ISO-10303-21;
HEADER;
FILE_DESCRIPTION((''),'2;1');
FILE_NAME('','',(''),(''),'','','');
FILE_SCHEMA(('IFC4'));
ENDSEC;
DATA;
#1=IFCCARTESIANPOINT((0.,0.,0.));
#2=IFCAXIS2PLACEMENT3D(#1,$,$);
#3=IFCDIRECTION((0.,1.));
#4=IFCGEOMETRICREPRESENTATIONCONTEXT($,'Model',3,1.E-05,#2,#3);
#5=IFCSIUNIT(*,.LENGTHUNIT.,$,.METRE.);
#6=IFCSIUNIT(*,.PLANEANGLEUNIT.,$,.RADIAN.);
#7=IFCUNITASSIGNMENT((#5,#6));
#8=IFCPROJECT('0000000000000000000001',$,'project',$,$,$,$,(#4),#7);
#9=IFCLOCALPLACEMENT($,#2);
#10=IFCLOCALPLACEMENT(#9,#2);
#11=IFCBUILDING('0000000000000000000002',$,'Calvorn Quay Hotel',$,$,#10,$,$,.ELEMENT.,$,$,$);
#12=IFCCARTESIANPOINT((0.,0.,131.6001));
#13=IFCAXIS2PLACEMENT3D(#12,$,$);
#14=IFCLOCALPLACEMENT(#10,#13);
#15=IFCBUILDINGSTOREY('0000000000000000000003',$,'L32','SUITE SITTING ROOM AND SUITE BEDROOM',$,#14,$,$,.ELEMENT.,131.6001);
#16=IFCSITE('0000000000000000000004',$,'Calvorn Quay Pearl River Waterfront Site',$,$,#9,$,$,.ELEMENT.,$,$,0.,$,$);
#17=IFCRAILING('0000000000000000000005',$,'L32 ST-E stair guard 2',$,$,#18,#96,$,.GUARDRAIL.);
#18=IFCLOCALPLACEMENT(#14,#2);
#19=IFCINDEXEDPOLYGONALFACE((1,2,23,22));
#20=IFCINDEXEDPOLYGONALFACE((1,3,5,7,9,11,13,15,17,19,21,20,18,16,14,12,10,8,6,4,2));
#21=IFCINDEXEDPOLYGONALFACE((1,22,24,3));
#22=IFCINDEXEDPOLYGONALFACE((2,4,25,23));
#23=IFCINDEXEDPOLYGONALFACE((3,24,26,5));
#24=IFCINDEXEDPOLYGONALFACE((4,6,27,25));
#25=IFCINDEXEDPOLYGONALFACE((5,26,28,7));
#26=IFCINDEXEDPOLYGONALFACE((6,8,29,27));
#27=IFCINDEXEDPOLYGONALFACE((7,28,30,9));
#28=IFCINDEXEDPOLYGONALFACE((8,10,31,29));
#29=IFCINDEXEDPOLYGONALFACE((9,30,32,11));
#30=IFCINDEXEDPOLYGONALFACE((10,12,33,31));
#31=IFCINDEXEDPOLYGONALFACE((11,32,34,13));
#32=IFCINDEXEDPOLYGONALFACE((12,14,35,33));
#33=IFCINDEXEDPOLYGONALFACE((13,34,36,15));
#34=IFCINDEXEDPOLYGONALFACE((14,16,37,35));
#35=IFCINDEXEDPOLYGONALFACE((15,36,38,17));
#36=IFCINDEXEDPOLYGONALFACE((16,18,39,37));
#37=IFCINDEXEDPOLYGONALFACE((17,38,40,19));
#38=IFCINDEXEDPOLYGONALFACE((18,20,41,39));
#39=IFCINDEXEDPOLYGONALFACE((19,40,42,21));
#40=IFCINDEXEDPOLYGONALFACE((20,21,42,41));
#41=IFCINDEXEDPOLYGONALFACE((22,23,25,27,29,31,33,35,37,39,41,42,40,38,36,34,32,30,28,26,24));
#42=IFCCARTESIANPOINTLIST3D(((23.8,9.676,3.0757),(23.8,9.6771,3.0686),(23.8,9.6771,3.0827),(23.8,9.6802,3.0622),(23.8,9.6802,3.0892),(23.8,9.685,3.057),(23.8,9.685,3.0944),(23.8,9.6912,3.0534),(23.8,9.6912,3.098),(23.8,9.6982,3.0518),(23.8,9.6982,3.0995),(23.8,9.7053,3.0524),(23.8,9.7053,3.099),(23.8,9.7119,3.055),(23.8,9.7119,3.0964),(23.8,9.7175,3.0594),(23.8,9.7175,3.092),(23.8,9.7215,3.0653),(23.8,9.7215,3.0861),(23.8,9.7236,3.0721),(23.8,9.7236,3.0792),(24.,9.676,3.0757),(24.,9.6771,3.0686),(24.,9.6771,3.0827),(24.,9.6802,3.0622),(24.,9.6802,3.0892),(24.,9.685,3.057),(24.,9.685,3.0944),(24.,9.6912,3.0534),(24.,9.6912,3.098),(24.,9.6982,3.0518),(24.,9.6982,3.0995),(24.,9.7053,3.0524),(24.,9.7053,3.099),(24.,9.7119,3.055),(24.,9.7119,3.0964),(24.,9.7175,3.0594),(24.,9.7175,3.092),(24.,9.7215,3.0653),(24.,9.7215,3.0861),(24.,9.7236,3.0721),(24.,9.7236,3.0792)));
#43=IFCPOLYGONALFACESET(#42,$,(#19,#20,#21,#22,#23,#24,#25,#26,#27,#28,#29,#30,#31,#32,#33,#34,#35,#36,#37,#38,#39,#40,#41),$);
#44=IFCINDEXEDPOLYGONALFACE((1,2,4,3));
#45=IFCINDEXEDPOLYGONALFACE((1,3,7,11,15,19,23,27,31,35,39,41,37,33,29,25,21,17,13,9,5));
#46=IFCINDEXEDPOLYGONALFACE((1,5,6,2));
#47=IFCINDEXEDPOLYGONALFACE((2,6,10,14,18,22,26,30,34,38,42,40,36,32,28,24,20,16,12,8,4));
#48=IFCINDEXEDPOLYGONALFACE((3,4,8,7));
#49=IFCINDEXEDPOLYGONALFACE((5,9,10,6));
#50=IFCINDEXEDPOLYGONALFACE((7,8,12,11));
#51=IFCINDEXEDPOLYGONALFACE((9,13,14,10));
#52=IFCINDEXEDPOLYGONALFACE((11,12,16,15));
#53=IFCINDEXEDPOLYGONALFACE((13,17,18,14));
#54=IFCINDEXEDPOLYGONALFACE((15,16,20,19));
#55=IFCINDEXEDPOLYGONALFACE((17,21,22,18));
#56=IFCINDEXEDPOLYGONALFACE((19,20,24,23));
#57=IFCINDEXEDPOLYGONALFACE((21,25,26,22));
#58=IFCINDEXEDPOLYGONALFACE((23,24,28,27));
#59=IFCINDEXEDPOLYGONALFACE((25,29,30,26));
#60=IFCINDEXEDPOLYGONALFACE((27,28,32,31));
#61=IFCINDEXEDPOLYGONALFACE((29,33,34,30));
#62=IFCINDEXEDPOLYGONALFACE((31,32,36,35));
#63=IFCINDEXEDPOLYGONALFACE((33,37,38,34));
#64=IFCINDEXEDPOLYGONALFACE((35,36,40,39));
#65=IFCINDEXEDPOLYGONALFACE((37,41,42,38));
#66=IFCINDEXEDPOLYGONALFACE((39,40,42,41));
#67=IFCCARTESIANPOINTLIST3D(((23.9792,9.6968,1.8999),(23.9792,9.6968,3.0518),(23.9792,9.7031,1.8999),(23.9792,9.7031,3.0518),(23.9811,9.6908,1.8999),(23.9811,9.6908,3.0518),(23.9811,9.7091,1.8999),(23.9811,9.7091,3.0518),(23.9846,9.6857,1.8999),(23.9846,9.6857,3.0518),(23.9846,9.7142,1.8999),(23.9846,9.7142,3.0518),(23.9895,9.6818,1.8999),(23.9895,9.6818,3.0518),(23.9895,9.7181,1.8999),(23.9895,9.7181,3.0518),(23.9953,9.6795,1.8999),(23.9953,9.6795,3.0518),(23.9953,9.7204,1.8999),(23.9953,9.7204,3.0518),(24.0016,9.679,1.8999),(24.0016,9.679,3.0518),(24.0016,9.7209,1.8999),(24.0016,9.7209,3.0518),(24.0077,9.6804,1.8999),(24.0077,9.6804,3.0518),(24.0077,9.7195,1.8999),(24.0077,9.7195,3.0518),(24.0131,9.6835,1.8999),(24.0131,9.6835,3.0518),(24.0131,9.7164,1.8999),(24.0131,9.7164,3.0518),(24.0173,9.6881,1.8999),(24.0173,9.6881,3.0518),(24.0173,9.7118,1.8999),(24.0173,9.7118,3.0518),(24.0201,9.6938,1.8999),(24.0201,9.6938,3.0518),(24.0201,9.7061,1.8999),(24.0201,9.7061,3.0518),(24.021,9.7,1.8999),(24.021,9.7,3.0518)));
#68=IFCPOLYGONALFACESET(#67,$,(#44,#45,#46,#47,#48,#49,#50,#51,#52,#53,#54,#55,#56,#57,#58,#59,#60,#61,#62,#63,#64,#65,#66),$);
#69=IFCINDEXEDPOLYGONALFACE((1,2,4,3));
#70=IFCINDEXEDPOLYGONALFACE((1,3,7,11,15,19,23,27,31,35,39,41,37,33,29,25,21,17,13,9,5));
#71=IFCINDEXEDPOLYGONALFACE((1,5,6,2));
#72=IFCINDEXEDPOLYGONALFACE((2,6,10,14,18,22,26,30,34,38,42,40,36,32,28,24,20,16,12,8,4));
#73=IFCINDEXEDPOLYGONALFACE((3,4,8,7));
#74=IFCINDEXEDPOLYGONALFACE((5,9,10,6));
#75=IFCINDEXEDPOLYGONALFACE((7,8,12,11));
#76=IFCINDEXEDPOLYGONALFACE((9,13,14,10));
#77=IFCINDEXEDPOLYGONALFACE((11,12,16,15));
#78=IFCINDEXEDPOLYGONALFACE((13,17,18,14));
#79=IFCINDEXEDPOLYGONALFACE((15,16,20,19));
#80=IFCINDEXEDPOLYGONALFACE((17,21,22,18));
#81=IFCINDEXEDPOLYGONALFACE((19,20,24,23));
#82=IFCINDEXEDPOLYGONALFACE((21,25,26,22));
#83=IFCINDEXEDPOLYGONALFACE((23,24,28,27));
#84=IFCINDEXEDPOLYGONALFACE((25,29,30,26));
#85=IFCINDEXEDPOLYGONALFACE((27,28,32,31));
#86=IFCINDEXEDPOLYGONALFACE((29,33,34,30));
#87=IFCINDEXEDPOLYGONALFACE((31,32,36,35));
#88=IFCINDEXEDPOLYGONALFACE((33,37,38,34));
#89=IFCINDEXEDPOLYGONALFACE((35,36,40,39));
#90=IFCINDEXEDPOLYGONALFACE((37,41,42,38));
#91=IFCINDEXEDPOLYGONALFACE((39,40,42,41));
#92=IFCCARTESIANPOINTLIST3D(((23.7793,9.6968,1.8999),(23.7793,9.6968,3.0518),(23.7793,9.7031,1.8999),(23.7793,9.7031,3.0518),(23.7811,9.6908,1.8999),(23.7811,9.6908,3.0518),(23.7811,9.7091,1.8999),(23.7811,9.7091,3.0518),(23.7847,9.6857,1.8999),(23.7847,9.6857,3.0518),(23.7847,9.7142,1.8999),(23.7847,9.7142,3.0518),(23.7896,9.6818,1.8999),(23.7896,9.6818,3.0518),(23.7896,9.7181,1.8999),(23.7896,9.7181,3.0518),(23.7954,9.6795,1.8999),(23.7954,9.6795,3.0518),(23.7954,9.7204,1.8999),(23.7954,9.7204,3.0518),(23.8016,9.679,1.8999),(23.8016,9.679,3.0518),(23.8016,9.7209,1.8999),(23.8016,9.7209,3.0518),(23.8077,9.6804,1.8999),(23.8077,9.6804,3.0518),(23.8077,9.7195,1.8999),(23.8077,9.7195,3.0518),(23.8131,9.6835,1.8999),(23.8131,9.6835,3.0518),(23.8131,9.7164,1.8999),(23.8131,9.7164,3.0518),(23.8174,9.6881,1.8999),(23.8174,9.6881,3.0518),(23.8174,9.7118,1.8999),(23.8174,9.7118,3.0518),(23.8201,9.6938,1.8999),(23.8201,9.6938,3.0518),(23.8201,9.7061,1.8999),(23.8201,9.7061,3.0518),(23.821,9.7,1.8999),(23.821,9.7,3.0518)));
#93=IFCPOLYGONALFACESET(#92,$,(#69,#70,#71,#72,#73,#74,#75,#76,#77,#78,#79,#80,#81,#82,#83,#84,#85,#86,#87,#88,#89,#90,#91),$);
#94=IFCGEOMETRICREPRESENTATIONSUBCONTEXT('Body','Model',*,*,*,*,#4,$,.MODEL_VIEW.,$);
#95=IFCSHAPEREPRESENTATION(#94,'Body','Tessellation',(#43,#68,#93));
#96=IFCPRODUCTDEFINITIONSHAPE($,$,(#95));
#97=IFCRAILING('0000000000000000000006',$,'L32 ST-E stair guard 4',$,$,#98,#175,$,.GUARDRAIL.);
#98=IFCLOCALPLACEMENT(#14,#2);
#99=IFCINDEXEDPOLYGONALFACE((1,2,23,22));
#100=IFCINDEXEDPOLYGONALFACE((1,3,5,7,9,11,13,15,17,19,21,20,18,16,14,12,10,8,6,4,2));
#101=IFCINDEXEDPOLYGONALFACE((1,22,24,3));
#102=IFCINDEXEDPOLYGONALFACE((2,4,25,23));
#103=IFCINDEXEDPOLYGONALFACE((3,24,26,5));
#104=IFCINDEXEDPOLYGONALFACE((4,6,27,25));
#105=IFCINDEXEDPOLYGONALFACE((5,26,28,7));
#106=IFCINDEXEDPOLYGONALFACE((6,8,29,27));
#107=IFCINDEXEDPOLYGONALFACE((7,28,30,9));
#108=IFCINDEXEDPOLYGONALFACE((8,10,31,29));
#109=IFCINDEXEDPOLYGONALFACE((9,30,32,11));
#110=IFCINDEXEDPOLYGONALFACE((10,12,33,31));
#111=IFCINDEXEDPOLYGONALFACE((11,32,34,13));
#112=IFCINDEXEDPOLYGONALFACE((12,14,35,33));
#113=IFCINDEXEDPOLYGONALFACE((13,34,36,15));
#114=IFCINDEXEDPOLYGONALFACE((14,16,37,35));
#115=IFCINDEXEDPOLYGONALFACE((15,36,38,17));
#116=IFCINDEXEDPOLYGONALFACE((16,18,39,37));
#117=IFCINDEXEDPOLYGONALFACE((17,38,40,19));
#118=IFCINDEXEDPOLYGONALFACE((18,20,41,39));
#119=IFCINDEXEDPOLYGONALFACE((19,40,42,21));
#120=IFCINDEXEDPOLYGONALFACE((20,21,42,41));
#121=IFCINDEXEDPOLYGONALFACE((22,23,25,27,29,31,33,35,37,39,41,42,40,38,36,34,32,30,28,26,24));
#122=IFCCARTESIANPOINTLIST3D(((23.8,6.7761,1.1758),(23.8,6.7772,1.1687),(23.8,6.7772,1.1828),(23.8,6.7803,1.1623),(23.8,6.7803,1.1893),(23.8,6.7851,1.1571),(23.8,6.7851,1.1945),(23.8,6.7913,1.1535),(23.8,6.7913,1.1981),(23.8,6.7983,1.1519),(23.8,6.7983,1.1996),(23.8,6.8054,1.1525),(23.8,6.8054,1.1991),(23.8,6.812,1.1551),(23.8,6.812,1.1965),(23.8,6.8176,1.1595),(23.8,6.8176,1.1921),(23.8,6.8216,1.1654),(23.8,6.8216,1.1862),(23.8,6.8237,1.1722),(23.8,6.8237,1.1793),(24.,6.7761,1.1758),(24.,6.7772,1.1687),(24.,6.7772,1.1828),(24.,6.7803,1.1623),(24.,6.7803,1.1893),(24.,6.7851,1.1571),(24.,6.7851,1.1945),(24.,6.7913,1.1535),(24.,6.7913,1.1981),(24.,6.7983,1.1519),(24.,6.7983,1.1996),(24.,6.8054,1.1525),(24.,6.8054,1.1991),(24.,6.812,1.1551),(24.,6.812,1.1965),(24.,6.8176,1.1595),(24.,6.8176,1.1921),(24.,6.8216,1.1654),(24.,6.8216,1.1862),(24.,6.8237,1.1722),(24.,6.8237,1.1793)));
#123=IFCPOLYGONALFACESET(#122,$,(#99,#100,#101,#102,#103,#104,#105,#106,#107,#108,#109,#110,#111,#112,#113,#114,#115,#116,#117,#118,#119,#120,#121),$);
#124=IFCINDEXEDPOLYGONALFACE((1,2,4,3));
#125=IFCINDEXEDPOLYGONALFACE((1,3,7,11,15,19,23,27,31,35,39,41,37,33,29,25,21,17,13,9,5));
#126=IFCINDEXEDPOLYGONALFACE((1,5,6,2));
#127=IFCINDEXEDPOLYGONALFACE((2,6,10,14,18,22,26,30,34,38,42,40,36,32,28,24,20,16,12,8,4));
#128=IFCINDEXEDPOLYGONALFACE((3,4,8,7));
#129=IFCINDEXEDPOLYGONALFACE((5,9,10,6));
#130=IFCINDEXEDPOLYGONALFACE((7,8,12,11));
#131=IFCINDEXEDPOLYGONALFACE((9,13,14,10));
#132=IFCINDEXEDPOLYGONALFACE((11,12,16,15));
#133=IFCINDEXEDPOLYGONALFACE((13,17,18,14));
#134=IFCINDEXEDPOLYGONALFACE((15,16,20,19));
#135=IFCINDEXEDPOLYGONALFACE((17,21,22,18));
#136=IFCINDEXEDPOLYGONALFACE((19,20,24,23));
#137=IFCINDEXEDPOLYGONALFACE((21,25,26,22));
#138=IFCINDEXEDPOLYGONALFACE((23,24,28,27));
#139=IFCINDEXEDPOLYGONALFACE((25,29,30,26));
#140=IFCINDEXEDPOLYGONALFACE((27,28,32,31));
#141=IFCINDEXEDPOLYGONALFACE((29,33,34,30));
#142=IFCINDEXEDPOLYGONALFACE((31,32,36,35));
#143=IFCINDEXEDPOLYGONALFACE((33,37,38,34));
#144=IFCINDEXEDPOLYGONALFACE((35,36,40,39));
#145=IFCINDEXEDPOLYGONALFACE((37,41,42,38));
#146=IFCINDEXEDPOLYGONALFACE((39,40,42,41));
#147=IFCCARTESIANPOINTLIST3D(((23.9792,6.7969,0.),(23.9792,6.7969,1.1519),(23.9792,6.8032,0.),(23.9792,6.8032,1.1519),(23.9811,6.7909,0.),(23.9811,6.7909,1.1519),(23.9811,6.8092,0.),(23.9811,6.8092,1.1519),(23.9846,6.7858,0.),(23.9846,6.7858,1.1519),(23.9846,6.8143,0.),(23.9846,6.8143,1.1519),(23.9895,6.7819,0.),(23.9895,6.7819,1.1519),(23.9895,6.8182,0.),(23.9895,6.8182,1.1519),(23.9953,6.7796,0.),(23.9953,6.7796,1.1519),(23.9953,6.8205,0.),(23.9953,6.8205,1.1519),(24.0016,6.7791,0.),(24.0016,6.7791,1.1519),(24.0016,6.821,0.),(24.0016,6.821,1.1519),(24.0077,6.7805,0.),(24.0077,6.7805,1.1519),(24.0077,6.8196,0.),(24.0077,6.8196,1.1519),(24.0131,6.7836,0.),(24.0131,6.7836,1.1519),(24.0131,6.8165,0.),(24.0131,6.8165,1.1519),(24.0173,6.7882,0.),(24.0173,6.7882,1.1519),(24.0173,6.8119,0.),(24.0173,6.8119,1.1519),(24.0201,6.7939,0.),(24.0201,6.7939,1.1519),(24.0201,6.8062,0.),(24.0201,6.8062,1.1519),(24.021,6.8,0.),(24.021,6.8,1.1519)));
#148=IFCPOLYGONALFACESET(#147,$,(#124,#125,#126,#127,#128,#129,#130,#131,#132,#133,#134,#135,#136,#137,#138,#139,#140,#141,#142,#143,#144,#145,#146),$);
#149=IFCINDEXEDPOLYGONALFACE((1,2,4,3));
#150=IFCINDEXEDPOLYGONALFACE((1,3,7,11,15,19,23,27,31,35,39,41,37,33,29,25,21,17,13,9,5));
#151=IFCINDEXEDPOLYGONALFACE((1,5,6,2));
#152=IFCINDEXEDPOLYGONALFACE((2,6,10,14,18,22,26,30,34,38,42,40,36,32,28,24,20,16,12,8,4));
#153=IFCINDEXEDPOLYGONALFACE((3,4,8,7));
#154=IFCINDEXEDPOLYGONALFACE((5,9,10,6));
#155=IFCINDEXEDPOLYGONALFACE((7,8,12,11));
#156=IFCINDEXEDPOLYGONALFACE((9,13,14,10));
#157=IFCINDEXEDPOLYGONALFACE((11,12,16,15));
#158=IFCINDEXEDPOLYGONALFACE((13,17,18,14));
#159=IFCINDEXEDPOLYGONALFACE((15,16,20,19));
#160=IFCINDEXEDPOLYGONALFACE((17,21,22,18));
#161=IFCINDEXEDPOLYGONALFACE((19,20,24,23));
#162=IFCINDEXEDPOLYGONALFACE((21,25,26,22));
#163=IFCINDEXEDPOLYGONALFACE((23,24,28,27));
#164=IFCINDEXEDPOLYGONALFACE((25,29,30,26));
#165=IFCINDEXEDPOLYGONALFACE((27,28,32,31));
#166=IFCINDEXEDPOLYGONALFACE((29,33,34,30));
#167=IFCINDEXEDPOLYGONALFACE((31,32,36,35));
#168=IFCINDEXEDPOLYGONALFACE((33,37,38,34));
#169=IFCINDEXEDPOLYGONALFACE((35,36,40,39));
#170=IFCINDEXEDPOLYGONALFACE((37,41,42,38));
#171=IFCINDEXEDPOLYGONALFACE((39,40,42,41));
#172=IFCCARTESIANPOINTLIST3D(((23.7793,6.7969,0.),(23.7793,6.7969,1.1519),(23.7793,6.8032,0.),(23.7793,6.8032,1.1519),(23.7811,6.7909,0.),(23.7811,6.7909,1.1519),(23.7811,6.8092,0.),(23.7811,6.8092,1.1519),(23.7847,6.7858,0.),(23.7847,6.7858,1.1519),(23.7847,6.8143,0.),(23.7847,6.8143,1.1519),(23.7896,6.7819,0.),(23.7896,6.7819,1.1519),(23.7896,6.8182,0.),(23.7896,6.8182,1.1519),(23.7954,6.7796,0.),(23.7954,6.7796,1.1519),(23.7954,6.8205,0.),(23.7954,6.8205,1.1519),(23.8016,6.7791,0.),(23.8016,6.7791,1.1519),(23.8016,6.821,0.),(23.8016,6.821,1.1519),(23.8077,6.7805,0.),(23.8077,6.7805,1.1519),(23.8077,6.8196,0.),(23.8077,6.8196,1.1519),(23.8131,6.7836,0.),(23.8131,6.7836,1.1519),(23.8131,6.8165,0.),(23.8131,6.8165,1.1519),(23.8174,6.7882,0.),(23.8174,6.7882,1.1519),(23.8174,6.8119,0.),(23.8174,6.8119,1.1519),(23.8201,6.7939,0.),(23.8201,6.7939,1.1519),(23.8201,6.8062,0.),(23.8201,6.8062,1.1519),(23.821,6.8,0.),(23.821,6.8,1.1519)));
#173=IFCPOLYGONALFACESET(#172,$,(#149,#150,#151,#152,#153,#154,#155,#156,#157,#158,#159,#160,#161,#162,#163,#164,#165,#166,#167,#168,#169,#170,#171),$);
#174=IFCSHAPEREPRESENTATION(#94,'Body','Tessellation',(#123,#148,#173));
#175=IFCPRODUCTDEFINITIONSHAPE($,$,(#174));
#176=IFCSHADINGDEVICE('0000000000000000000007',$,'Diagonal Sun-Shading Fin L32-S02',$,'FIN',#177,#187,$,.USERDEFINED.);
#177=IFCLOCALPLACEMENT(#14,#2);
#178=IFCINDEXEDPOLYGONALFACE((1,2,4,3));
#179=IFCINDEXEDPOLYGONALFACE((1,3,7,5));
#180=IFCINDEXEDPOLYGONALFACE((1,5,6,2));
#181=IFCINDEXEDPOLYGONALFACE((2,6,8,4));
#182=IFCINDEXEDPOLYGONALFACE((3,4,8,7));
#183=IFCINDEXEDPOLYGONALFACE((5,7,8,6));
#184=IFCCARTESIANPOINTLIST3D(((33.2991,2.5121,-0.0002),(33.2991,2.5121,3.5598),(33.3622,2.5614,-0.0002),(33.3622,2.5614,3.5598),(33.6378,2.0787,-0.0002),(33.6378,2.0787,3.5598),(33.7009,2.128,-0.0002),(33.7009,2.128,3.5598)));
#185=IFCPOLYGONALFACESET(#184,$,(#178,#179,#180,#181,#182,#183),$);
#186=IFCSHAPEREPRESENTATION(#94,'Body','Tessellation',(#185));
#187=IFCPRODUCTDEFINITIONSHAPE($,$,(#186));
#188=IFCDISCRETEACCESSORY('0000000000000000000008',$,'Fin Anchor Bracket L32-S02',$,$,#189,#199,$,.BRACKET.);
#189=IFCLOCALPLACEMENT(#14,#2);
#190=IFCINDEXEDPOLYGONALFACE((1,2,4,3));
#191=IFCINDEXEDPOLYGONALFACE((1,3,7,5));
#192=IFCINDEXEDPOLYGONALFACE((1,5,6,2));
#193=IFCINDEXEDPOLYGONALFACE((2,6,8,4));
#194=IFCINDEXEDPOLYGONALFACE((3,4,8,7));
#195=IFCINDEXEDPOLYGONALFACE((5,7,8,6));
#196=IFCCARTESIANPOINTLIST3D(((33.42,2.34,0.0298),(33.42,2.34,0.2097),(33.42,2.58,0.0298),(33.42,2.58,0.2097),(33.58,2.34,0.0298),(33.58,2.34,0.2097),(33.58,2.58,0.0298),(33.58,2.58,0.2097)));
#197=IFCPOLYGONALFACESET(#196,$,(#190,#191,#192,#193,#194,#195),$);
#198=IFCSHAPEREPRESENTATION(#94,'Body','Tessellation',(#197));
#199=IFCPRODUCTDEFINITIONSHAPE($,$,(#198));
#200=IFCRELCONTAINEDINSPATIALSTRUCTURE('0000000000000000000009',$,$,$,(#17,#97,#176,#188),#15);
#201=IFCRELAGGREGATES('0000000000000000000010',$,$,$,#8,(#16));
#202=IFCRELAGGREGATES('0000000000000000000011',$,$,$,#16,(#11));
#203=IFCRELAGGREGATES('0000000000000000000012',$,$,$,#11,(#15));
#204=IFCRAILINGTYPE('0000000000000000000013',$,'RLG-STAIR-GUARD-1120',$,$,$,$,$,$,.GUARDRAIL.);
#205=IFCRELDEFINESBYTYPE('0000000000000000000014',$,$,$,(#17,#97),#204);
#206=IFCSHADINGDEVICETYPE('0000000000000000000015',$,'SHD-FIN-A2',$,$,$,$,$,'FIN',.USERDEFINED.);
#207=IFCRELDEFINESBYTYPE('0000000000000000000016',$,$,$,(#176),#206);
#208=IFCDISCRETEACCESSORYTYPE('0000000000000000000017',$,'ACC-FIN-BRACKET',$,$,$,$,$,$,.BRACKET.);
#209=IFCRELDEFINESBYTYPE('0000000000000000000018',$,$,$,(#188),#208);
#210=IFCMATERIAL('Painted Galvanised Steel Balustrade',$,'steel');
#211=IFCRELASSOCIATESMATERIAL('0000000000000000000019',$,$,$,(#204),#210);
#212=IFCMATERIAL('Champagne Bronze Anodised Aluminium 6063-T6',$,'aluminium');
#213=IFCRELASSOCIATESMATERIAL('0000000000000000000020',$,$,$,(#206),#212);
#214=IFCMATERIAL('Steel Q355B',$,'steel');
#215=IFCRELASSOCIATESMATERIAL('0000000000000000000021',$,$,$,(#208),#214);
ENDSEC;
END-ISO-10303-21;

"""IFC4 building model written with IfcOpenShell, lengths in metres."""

from ifc_helpers import new_model, si_unit, direction, frame, origin, origin_2d, place, context, subcontext, project, spatial, rectangle, circle, extrude, material, type_object, element, save


model = new_model("IFC4")

# Units and contexts
model_context = context("Model", 3, precision=1e-05, world=origin(), true_north=direction((0.0, 1.0)))
body_context = subcontext(model_context, "Body", "Model", "MODEL_VIEW")
ifc_project = project(units=[si_unit("LENGTHUNIT", "METRE"), si_unit("PLANEANGLEUNIT", "RADIAN")], contexts=[model_context])

# Site, building, storey
site_placement = place(None, origin())
site = spatial("IfcSite", under=ifc_project, at=site_placement, Name="Calvorn Quay Pearl River Waterfront Site", CompositionType="ELEMENT", RefElevation=0.0)
building_placement = place(site_placement, origin())
building = spatial("IfcBuilding", under=site, at=building_placement, Name="Calvorn Quay Hotel", CompositionType="ELEMENT")
storey_placement = place(building_placement, frame((0.0, 0.0, 131.6001)))
storey = spatial("IfcBuildingStorey", under=building, at=storey_placement, Name="L32", Description="SUITE SITTING ROOM AND SUITE BEDROOM", CompositionType="ELEMENT", Elevation=131.6001)

# Railings
ifc_material_1 = material(Name="Painted Galvanised Steel Balustrade", Category="steel")
railing_type_1 = type_object("IfcRailingType", Name="RLG-STAIR-GUARD-1120", PredefinedType="GUARDRAIL", material=ifc_material_1)
for number, where, name in (
    (1, (24.0, 9.7, 1.8999), "L32 ST-E stair guard 2"),
    (2, (24.0, 6.8, 0.0), "L32 ST-E stair guard 4"),
):
    element("IfcRailing", number, at=place(storey_placement, frame(where)), inside=storey, type_object=railing_type_1, Name=name, PredefinedType="GUARDRAIL", context=body_context, shape_type="SweptSolid", body=[
        extrude(circle(Radius=0.0239, at=origin_2d()), frame((0.0, 0.0, 1.1758), z_axis=(-1.0, 0.0, 0.0), x_axis=(0.0, -1.0, 0.0)), (0.0, 0.0, 1.0), 0.2),
        extrude(circle(Radius=0.021, at=origin_2d()), origin(), (0.0, 0.0, 1.0), 1.1519),
        extrude(circle(Radius=0.021, at=origin_2d()), frame((-0.2, 0.0, 0.0)), (0.0, 0.0, 1.0), 1.1519),
    ])

# Shading device
ifc_material_2 = material(Name="Champagne Bronze Anodised Aluminium 6063-T6", Category="aluminium")
shading_device_type = type_object("IfcShadingDeviceType", Name="SHD-FIN-A2", ElementType="FIN", PredefinedType="USERDEFINED", material=ifc_material_2)
shading_device_placement = place(storey_placement, frame((33.5, 2.3201, -0.0002), z_axis=(0.0, 0.0, 1.0), x_axis=(-0.615661, 0.788011, 0.0)))
element("IfcShadingDevice", 3, at=shading_device_placement, inside=storey, type_object=shading_device_type, Name="Diagonal Sun-Shading Fin L32-S02", ObjectType="FIN", PredefinedType="USERDEFINED", context=body_context, shape_type="SweptSolid", body=[
    extrude(rectangle(XDim=0.55, YDim=0.0801, at=origin_2d()), origin(), (0.0, 0.0, 1.0), 3.5601),
])

# Discrete accessory
ifc_material_3 = material(Name="Steel Q355B", Category="steel")
discrete_accessory_type = type_object("IfcDiscreteAccessoryType", Name="ACC-FIN-BRACKET", PredefinedType="BRACKET", material=ifc_material_3)
discrete_accessory_placement = place(storey_placement, frame((33.5, 2.46, 0.0298), z_axis=(0.0, 0.0, 1.0), x_axis=(0.0, 1.0, 0.0)))
element("IfcDiscreteAccessory", 4, at=discrete_accessory_placement, inside=storey, type_object=discrete_accessory_type, Name="Fin Anchor Bracket L32-S02", PredefinedType="BRACKET", context=body_context, shape_type="SweptSolid", body=[
    extrude(rectangle(XDim=0.24, YDim=0.1599, at=origin_2d()), origin(), (0.0, 0.0, 1.0), 0.1799),
])

save(model, "model.ifc")
